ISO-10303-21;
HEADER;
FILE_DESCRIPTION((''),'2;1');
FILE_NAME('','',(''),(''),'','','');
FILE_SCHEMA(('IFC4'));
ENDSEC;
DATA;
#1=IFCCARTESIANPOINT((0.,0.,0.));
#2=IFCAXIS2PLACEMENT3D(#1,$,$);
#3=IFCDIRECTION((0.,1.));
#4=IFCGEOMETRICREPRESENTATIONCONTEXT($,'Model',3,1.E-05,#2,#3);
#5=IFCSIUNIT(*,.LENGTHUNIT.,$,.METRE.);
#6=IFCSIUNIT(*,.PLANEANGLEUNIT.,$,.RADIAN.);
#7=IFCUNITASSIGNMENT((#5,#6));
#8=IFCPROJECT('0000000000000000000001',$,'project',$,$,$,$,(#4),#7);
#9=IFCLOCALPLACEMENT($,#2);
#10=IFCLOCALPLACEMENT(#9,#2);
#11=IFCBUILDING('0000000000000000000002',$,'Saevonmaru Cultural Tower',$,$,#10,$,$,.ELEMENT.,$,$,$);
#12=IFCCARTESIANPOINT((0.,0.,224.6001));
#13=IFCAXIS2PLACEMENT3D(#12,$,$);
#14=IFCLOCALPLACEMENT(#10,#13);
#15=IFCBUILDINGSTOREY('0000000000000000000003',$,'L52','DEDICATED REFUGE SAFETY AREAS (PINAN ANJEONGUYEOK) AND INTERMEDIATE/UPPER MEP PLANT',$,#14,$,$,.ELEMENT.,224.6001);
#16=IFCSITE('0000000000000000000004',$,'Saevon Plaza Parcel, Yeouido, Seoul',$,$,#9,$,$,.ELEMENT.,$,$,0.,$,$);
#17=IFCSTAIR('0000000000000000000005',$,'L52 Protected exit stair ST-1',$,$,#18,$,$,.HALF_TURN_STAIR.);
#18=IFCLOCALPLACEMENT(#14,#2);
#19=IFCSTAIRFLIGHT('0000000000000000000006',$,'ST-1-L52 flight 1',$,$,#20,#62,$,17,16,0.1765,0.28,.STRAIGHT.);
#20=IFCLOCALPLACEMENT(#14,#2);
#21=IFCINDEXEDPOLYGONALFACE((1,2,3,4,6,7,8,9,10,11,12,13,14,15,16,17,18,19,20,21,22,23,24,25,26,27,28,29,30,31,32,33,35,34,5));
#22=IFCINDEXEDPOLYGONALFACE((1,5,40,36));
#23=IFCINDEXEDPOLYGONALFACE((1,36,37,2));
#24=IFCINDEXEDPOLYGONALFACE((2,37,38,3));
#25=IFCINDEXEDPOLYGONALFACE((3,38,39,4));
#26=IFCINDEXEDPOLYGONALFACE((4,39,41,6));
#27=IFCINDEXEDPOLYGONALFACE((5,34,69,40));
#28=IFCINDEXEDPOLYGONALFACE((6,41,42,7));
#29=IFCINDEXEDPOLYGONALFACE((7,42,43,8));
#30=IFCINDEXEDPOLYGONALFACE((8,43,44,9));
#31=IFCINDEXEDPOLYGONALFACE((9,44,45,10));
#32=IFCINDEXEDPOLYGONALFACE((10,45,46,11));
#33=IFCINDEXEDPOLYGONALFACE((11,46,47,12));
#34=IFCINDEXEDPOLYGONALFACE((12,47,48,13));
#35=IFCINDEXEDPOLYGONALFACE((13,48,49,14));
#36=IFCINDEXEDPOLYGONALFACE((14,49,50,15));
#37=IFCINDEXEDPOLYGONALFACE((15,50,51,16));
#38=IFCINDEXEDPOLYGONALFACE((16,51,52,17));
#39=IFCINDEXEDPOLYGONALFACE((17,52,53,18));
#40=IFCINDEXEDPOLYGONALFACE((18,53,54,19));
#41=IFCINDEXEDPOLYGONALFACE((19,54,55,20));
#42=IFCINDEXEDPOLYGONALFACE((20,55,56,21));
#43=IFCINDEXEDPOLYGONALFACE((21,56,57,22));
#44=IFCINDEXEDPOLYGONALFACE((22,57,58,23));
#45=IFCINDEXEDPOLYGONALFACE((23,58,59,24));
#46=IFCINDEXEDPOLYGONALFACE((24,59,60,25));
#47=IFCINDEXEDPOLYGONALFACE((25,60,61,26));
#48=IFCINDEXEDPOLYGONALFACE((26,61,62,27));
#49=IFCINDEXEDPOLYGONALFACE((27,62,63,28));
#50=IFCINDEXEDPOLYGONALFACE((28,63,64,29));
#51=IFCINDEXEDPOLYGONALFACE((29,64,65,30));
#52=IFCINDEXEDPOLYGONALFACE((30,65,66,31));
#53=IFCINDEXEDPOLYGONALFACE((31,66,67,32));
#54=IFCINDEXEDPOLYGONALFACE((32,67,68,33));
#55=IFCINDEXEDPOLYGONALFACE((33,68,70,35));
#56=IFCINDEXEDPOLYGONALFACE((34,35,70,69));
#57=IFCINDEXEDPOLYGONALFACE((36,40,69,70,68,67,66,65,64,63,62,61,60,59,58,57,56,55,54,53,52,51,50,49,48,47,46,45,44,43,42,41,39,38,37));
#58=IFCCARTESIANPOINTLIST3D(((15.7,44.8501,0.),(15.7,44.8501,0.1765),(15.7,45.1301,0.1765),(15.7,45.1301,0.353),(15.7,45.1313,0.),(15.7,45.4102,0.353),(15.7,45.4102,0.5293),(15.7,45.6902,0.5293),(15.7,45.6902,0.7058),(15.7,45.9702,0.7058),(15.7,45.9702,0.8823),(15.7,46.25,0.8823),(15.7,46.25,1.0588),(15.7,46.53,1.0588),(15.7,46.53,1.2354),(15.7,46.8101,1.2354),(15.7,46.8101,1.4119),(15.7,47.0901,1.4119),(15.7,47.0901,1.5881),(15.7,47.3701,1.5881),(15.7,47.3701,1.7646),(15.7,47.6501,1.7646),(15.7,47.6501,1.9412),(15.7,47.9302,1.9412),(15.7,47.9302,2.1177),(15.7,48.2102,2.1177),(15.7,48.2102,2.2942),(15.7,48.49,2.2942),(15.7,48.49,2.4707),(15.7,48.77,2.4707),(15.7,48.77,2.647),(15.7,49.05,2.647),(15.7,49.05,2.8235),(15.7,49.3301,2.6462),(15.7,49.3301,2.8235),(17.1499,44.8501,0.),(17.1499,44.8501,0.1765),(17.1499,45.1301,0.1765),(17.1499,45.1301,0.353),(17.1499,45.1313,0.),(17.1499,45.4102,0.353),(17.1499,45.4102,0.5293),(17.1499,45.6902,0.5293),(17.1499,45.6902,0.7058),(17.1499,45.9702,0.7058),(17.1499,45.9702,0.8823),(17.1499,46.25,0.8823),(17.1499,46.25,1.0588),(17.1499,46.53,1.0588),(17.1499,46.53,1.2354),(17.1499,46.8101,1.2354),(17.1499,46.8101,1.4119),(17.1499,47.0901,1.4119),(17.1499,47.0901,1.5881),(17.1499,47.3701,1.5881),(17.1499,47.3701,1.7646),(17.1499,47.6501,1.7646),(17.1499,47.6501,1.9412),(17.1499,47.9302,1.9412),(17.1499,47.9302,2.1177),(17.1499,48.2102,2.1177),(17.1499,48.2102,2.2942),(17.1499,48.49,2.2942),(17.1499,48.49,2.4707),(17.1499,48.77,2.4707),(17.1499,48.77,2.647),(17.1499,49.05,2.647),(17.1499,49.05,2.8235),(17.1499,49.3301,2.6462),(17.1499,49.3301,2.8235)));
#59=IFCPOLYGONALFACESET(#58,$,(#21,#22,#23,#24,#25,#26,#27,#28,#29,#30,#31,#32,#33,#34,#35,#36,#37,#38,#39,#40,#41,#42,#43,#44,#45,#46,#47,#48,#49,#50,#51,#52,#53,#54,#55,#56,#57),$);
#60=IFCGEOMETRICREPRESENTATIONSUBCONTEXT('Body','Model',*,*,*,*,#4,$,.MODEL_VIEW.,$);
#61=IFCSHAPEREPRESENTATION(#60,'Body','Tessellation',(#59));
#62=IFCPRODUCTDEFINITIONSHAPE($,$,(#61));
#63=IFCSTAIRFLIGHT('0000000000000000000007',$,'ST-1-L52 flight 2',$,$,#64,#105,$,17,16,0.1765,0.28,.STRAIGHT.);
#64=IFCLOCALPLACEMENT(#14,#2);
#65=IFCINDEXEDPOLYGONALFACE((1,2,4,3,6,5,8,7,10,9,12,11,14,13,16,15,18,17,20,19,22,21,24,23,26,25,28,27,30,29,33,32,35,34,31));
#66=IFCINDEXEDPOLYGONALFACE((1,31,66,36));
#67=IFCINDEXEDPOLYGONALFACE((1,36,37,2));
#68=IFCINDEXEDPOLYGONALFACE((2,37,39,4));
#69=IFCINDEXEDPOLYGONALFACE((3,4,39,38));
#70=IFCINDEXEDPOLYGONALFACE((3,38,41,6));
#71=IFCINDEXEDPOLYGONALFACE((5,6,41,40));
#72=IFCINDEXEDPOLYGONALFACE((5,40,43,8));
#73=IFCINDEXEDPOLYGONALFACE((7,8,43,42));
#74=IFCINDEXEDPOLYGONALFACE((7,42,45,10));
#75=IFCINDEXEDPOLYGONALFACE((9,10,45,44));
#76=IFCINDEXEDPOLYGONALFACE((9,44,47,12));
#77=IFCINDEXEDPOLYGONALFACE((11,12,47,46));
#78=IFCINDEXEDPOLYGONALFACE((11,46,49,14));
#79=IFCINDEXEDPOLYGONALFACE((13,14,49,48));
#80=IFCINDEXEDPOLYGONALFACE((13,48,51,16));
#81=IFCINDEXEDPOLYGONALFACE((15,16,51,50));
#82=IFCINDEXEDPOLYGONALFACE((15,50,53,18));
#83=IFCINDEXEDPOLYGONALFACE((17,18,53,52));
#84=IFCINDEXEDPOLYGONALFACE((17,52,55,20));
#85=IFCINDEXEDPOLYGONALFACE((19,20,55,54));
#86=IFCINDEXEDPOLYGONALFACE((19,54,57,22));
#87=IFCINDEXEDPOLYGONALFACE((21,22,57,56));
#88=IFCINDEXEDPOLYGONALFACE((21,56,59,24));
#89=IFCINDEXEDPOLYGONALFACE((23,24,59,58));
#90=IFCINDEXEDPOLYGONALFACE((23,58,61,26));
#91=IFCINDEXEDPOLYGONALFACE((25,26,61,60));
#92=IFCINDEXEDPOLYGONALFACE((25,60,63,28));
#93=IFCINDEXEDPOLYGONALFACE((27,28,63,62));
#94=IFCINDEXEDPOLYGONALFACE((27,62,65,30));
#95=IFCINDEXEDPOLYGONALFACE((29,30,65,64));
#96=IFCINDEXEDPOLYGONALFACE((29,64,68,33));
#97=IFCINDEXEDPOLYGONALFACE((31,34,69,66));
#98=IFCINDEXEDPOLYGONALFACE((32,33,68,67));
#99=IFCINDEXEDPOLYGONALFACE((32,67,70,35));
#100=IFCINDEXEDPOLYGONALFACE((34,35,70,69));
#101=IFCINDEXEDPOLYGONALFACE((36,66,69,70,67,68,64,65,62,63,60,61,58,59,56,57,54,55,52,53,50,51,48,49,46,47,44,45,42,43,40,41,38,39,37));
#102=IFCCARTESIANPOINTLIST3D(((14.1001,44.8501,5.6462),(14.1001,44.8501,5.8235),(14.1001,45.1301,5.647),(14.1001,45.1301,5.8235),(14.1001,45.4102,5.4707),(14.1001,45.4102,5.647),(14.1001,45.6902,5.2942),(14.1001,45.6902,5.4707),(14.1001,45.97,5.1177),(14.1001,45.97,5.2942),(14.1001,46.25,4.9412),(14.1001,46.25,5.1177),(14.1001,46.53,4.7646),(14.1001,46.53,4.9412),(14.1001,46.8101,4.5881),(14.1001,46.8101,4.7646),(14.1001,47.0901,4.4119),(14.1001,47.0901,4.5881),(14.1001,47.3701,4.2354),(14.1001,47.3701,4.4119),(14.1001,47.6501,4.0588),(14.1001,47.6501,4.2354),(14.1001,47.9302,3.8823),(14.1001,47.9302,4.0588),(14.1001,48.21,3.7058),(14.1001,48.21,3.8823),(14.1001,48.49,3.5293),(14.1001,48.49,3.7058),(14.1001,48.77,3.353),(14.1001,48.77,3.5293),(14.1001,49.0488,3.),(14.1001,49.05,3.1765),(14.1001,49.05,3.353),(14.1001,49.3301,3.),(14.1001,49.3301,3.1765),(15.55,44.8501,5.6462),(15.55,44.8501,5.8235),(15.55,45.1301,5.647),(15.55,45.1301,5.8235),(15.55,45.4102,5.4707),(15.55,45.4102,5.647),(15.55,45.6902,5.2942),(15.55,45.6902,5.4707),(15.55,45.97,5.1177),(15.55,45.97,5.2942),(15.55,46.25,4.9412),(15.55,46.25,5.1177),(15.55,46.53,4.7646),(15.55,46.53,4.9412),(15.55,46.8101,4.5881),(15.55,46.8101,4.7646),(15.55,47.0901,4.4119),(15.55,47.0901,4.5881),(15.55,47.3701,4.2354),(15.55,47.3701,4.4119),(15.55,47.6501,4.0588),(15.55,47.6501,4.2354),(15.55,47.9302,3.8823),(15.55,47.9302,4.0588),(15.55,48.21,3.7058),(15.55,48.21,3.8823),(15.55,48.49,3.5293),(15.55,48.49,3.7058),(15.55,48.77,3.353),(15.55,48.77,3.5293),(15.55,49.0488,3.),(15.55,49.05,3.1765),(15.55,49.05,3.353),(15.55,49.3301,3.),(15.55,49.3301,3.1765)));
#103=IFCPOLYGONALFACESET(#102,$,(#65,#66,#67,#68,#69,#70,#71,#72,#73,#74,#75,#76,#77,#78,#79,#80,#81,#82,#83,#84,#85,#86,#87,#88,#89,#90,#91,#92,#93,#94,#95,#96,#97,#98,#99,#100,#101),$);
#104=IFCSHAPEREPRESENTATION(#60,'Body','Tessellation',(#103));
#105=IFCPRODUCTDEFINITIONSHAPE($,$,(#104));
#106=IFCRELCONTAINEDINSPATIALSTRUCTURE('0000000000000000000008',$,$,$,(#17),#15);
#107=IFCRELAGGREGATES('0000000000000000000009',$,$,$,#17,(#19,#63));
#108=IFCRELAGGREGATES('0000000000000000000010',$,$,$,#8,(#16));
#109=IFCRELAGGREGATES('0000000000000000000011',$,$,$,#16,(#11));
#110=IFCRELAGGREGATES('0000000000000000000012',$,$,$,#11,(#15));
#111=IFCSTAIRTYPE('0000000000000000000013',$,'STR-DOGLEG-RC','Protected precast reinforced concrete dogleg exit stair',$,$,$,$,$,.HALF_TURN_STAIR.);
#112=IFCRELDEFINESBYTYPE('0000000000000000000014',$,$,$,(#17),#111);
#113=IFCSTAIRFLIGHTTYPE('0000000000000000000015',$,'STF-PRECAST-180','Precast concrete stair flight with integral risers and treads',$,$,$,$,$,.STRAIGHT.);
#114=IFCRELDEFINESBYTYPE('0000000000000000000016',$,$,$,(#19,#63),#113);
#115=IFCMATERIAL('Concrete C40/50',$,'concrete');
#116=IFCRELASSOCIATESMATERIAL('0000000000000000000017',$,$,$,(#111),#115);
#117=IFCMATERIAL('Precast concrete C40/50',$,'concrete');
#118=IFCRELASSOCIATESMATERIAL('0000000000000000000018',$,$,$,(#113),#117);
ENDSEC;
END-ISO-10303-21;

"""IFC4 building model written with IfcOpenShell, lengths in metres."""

from ifc_helpers import new_model, si_unit, direction, frame, origin, place, context, subcontext, project, spatial, polyline, outline, extrude, material, type_object, element, aggregate, save


model = new_model("IFC4")

# Units and contexts
model_context = context("Model", 3, precision=1e-05, world=origin(), true_north=direction((0.0, 1.0)))
body_context = subcontext(model_context, "Body", "Model", "MODEL_VIEW")
ifc_project = project(units=[si_unit("LENGTHUNIT", "METRE"), si_unit("PLANEANGLEUNIT", "RADIAN")], contexts=[model_context])

# Site, building, storey
site_placement = place(None, origin())
site = spatial("IfcSite", under=ifc_project, at=site_placement, Name="Saevon Plaza Parcel, Yeouido, Seoul", CompositionType="ELEMENT", RefElevation=0.0)
building_placement = place(site_placement, origin())
building = spatial("IfcBuilding", under=site, at=building_placement, Name="Saevonmaru Cultural Tower", CompositionType="ELEMENT")
storey_placement = place(building_placement, frame((0.0, 0.0, 224.6001)))
storey = spatial("IfcBuildingStorey", under=building, at=storey_placement, Name="L52", Description="DEDICATED REFUGE SAFETY AREAS (PINAN ANJEONGUYEOK) AND INTERMEDIATE/UPPER MEP PLANT", CompositionType="ELEMENT", Elevation=224.6001)

# Shared definitions
ifc_material_1 = material(Name="Concrete C40/50", Category="concrete")

# Stair, stair flights
stair_type = type_object("IfcStairType", Name="STR-DOGLEG-RC", Description="Protected precast reinforced concrete dogleg exit stair", PredefinedType="HALF_TURN_STAIR", material=ifc_material_1)
stair_placement = place(storey_placement, origin())
stair = element("IfcStair", 1, at=stair_placement, inside=storey, type_object=stair_type, Name="L52 Protected exit stair ST-1", PredefinedType="HALF_TURN_STAIR")
ifc_material_2 = material(Name="Precast concrete C40/50", Category="concrete")
stair_flight_type = type_object("IfcStairFlightType", Name="STF-PRECAST-180", Description="Precast concrete stair flight with integral risers and treads", PredefinedType="STRAIGHT", material=ifc_material_2)
stair_flight_1_placement = place(storey_placement, frame((16.425, 44.8501, 0.0), z_axis=(0.0, 0.0, 1.0), x_axis=(0.0, 1.0, 0.0)))
stair_flight_1 = element("IfcStairFlight", 2, at=stair_flight_1_placement, type_object=stair_flight_type, Name="ST-1-L52 flight 1", NumberOfRisers=17, NumberOfTreads=16, PredefinedType="STRAIGHT", RiserHeight=0.1765, TreadLength=0.28, context=body_context, shape_type="SweptSolid", body=[
    extrude(outline(polyline([(0.0, 0.0), (0.0, 0.1765), (0.28, 0.1765), (0.28, 0.353), (0.5601, 0.353), (0.5601, 0.5293), (0.8401, 0.5293), (0.8401, 0.7058), (1.1201, 0.7058), (1.1201, 0.8823), (1.3999, 0.8823), (1.3999, 1.0588), (1.6799, 1.0588), (1.6799, 1.2354), (1.96, 1.2354), (1.96, 1.4119), (2.24, 1.4119), (2.24, 1.5881), (2.52, 1.5881), (2.52, 1.7646), (2.8, 1.7646), (2.8, 1.9412), (3.0801, 1.9412), (3.0801, 2.1177), (3.3601, 2.1177), (3.3601, 2.2942), (3.6399, 2.2942), (3.6399, 2.4707), (3.9199, 2.4707), (3.9199, 2.647), (4.2, 2.647), (4.2, 2.8235), (4.48, 2.8235), (4.48, 3.0), (4.48, 2.6462), (0.2812, 0.0), (0.0, 0.0)])), frame((0.0, 0.7251, 0.0), z_axis=(0.0, -1.0, 0.0), x_axis=(1.0, 0.0, 0.0)), (0.0, 0.0, 1.0), 1.45),
])
stair_flight_2_placement = place(storey_placement, frame((14.825, 49.3301, 3.0), z_axis=(0.0, 0.0, 1.0), x_axis=(0.0, -1.0, 0.0)))
stair_flight_2 = element("IfcStairFlight", 3, at=stair_flight_2_placement, type_object=stair_flight_type, Name="ST-1-L52 flight 2", NumberOfRisers=17, NumberOfTreads=16, PredefinedType="STRAIGHT", RiserHeight=0.1765, TreadLength=0.28, context=body_context, shape_type="SweptSolid", body=[
    extrude(outline(polyline([(0.0, 0.0), (0.0, 0.1765), (0.28, 0.1765), (0.28, 0.353), (0.5601, 0.353), (0.5601, 0.5293), (0.8401, 0.5293), (0.8401, 0.7058), (1.1201, 0.7058), (1.1201, 0.8823), (1.3999, 0.8823), (1.3999, 1.0588), (1.6799, 1.0588), (1.6799, 1.2354), (1.96, 1.2354), (1.96, 1.4119), (2.24, 1.4119), (2.24, 1.5881), (2.52, 1.5881), (2.52, 1.7646), (2.8, 1.7646), (2.8, 1.9412), (3.0801, 1.9412), (3.0801, 2.1177), (3.3601, 2.1177), (3.3601, 2.2942), (3.6399, 2.2942), (3.6399, 2.4707), (3.9199, 2.4707), (3.9199, 2.647), (4.2, 2.647), (4.2, 2.8235), (4.48, 2.8235), (4.48, 3.0), (4.48, 2.6462), (0.2812, 0.0), (0.0, 0.0)])), frame((0.0, 0.7251, 0.0), z_axis=(0.0, -1.0, 0.0), x_axis=(1.0, 0.0, 0.0)), (0.0, 0.0, 1.0), 1.45),
])
aggregate(stair, [stair_flight_1, stair_flight_2])

save(model, "model.ifc")
